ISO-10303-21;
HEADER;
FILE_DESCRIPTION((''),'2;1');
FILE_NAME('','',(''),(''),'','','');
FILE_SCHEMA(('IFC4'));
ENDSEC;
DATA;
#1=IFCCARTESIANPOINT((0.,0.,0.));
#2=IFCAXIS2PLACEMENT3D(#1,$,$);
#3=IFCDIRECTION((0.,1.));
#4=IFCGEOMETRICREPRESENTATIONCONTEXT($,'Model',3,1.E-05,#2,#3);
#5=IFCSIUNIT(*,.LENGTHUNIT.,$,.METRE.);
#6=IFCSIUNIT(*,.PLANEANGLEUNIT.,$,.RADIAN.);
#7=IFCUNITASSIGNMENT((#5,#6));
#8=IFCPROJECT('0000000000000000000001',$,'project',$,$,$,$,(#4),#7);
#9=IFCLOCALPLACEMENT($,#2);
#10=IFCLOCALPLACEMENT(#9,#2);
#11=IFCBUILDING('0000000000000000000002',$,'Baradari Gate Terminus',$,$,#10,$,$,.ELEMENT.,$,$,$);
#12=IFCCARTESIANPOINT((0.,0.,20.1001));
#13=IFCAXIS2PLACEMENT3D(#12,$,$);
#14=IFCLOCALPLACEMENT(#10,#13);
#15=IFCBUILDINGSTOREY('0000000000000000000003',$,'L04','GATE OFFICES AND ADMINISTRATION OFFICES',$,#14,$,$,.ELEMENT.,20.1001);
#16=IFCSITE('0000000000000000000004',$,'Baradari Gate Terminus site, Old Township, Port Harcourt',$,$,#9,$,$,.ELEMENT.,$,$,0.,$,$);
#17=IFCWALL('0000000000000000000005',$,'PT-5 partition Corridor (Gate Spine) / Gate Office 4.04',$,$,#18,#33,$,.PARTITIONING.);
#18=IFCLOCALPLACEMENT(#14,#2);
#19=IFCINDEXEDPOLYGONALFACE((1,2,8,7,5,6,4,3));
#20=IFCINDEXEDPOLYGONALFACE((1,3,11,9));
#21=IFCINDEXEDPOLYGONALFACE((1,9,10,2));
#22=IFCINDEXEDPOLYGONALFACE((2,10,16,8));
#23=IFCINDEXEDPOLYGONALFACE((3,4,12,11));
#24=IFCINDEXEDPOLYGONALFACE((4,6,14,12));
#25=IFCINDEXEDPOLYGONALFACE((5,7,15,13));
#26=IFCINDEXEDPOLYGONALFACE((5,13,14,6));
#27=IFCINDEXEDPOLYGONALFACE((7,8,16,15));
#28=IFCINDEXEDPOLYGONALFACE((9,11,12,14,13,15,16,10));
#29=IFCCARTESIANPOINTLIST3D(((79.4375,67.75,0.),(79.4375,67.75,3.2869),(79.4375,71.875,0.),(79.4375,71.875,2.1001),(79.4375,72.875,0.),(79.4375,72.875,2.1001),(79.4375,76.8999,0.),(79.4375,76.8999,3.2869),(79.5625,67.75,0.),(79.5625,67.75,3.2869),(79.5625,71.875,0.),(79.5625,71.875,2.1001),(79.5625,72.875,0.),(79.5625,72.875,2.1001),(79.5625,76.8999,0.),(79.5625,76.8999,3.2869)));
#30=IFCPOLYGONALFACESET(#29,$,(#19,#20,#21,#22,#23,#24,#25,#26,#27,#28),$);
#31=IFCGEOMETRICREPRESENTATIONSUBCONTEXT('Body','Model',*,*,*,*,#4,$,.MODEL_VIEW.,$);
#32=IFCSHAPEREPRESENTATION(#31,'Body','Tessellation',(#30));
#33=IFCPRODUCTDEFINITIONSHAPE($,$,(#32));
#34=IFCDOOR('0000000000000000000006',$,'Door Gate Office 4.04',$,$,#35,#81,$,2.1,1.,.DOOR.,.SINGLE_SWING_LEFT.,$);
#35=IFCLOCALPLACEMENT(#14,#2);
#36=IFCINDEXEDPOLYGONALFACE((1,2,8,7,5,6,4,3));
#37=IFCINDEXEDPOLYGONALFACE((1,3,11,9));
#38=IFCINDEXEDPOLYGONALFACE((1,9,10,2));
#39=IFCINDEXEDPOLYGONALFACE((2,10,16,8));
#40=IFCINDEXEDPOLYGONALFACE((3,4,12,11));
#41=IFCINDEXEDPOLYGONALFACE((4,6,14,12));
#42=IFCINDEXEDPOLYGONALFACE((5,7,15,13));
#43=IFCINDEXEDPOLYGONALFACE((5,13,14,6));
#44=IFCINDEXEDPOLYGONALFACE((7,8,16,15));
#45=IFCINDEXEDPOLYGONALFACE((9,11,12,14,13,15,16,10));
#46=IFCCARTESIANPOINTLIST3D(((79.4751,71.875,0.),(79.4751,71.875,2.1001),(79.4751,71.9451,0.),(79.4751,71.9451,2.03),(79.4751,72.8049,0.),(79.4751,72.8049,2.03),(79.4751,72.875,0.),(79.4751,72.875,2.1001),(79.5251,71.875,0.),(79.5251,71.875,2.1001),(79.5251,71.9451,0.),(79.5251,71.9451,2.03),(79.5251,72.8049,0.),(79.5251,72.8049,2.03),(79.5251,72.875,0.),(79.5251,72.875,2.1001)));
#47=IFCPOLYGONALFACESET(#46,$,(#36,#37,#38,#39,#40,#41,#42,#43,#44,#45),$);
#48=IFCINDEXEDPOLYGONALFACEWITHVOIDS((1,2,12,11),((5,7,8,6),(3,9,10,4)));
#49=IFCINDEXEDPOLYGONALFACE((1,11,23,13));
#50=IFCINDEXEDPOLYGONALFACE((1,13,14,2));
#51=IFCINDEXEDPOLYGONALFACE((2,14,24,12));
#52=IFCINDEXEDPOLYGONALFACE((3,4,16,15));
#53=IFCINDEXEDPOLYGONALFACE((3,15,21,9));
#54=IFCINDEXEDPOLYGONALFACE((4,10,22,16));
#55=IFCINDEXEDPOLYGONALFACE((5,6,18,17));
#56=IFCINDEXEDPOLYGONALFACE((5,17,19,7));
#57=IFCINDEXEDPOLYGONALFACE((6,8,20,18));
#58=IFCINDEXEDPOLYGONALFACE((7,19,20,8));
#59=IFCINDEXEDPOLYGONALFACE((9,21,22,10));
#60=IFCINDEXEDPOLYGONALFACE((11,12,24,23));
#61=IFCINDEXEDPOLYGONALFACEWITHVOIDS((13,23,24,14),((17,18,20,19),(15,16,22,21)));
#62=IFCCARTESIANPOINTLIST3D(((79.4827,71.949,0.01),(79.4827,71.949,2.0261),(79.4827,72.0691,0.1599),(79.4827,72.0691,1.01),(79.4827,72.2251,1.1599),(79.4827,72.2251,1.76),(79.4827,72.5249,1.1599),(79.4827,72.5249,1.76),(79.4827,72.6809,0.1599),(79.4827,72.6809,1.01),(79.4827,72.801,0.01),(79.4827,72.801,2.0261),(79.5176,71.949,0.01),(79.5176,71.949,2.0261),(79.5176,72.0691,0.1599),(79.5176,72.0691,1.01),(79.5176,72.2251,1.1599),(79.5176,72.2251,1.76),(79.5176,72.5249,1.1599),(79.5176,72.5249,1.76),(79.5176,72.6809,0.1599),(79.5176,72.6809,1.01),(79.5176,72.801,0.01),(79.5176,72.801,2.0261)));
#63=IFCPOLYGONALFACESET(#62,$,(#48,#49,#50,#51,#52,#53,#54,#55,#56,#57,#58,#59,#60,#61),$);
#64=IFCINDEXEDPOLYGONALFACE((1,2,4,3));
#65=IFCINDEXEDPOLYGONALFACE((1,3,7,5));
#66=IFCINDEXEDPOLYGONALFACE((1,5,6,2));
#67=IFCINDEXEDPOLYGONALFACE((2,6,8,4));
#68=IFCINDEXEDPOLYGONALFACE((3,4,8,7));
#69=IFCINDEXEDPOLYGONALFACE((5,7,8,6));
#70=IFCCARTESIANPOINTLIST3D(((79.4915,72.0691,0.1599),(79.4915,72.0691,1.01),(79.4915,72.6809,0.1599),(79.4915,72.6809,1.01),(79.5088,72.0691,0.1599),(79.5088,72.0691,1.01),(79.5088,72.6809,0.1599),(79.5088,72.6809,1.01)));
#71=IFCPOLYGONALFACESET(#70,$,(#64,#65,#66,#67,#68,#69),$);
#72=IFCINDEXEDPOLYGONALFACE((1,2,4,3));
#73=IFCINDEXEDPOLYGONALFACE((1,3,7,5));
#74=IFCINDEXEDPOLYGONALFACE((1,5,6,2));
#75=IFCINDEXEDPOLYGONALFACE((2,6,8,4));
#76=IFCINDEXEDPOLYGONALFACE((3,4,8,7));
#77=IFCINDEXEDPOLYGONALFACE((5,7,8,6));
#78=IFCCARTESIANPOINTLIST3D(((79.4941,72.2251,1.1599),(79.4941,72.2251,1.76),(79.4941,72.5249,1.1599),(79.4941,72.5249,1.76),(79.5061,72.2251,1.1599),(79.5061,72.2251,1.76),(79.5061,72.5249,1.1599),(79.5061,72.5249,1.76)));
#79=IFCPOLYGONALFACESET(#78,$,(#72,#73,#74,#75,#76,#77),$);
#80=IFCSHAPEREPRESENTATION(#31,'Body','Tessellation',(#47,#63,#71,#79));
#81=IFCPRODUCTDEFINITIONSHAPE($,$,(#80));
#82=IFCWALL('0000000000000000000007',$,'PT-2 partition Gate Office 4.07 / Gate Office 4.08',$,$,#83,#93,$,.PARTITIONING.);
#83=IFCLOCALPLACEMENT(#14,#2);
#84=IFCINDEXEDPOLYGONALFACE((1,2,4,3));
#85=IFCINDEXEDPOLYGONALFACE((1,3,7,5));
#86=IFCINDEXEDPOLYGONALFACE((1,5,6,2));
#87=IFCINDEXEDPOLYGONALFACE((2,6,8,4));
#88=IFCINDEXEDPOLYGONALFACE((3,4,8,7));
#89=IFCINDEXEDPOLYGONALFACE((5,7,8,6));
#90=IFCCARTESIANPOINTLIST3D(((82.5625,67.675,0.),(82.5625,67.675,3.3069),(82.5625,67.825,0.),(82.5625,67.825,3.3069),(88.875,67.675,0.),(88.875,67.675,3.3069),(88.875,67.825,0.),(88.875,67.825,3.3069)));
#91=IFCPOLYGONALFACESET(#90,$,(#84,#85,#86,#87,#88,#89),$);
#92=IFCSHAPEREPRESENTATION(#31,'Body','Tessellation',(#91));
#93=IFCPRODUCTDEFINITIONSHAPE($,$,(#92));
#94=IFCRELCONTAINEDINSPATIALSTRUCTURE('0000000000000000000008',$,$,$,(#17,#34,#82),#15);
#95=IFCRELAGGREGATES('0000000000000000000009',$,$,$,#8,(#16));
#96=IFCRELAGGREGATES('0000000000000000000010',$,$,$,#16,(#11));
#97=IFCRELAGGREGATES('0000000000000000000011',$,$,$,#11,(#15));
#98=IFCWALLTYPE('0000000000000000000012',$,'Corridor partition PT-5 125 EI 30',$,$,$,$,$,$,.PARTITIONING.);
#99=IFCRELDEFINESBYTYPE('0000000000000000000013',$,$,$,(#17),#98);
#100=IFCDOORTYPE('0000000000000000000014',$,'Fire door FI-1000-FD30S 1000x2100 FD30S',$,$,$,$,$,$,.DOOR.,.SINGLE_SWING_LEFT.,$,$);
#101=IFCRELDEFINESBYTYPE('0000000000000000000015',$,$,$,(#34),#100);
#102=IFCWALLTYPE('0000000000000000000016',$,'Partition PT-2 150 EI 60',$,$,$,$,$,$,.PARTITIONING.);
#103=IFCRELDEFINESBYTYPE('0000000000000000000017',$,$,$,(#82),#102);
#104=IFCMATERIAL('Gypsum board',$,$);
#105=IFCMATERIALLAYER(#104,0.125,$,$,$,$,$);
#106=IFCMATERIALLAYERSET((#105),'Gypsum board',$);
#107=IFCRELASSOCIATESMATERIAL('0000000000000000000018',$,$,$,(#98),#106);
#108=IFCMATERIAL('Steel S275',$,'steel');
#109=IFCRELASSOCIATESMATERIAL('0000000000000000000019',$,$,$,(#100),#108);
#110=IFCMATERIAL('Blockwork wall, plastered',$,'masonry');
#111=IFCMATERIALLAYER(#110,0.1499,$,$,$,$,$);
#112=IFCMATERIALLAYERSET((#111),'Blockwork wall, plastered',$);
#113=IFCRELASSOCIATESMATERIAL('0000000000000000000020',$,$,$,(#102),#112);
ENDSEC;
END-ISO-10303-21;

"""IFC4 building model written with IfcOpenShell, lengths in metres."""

from ifc_helpers import new_model, si_unit, direction, frame, frame_2d, origin, place, context, subcontext, project, spatial, polyline, rectangle, outline, extrude, material, layer, layer_set, type_object, element, fill, save


model = new_model("IFC4")

# Units and contexts
model_context = context("Model", 3, precision=1e-05, world=origin(), true_north=direction((0.0, 1.0)))
body_context = subcontext(model_context, "Body", "Model", "MODEL_VIEW")
ifc_project = project(units=[si_unit("LENGTHUNIT", "METRE"), si_unit("PLANEANGLEUNIT", "RADIAN")], contexts=[model_context])

# Site, building, storey
site_placement = place(None, origin())
site = spatial("IfcSite", under=ifc_project, at=site_placement, Name="Baradari Gate Terminus site, Old Township, Port Harcourt", CompositionType="ELEMENT", RefElevation=0.0)
building_placement = place(site_placement, origin())
building = spatial("IfcBuilding", under=site, at=building_placement, Name="Baradari Gate Terminus", CompositionType="ELEMENT")
storey_placement = place(building_placement, frame((0.0, 0.0, 20.1001)))
storey = spatial("IfcBuildingStorey", under=building, at=storey_placement, Name="L04", Description="GATE OFFICES AND ADMINISTRATION OFFICES", CompositionType="ELEMENT", Elevation=20.1001)

# Wall, opening, door
ifc_material_1 = material(Name="Gypsum board")
ifc_layer_1 = layer(ifc_material_1, 0.125)
ifc_layer_set_1 = layer_set([ifc_layer_1], Name="Gypsum board")
wall_type_1 = type_object("IfcWallType", Name="Corridor partition PT-5 125 EI 30", PredefinedType="PARTITIONING", material=ifc_layer_set_1)
ifc_material_2 = material(Name="Steel S275", Category="steel")
door_type = type_object("IfcDoorType", Name="Fire door FI-1000-FD30S 1000x2100 FD30S", OperationType="SINGLE_SWING_LEFT", PredefinedType="DOOR", material=ifc_material_2)
wall_1_placement = place(storey_placement, frame((79.5, 67.75, 0.0), z_axis=(0.0, 0.0, 1.0), x_axis=(0.0, 1.0, 0.0)))
wall_1 = element("IfcWall", 1, at=wall_1_placement, inside=storey, type_object=wall_type_1, Name="PT-5 partition Corridor (Gate Spine) / Gate Office 4.04", PredefinedType="PARTITIONING", context=body_context, shape_type="SweptSolid", body=[
    extrude(rectangle(XDim=9.1499, YDim=0.125, at=frame_2d((4.575, 0.0))), origin(), (0.0, 0.0, 1.0), 3.2869),
])
opening_1_placement = place(wall_1_placement, frame((4.125, 0.0, 0.0)))
opening_1 = element("IfcOpeningElement", 2, at=opening_1_placement, cuts=wall_1, PredefinedType="OPENING", context=body_context, shape_type="SweptSolid", body=[
    extrude(rectangle(XDim=1.0, YDim=2.1001, at=frame_2d((0.5, 1.05))), frame((0.0, 0.0725, 0.0), z_axis=(0.0, -1.0, 0.0), x_axis=(1.0, 0.0, 0.0)), (0.0, 0.0, 1.0), 0.145),
])
door_1_placement = place(opening_1_placement, origin())
door_1 = element("IfcDoor", 3, at=door_1_placement, inside=storey, type_object=door_type, Name="Door Gate Office 4.04", OperationType="SINGLE_SWING_LEFT", OverallHeight=2.1, OverallWidth=1.0, PredefinedType="DOOR", context=body_context, shape_type="SweptSolid", body=[
    extrude(outline(polyline([(0.0, 0.0), (0.0701, 0.0), (0.0701, 2.03), (0.9299, 2.03), (0.9299, 0.0), (1.0, 0.0), (1.0, 2.1001), (0.0, 2.1001), (0.0, 0.0)])), frame((0.0, 0.0249, 0.0), z_axis=(0.0, -1.0, 0.0), x_axis=(1.0, 0.0, 0.0)), (0.0, 0.0, 1.0), 0.05),
    extrude(outline(polyline([(0.074, 0.01), (0.926, 0.01), (0.926, 2.0261), (0.074, 2.0261), (0.074, 0.01)]), holes=[polyline([(0.1941, 0.1599), (0.8059, 0.1599), (0.8059, 1.01), (0.1941, 1.01), (0.1941, 0.1599)]), polyline([(0.3501, 1.1599), (0.6499, 1.1599), (0.6499, 1.76), (0.3501, 1.76), (0.3501, 1.1599)])]), frame((0.0, 0.0173, 0.0), z_axis=(0.0, -1.0, 0.0), x_axis=(1.0, 0.0, 0.0)), (0.0, 0.0, 1.0), 0.0349),
    extrude(rectangle(XDim=0.6118, YDim=0.8501, at=frame_2d((0.5, 0.585))), frame((0.0, 0.0085, 0.0), z_axis=(0.0, -1.0, 0.0), x_axis=(1.0, 0.0, 0.0)), (0.0, 0.0, 1.0), 0.0173),
    extrude(rectangle(XDim=0.2998, YDim=0.6001, at=frame_2d((0.5, 1.46))), frame((0.0, 0.0059, 0.0), z_axis=(0.0, -1.0, 0.0), x_axis=(1.0, 0.0, 0.0)), (0.0, 0.0, 1.0), 0.012),
])
fill(opening_1, door_1)

# Wall
ifc_material_3 = material(Name="Blockwork wall, plastered", Category="masonry")
ifc_layer_2 = layer(ifc_material_3, 0.1499)
ifc_layer_set_2 = layer_set([ifc_layer_2], Name="Blockwork wall, plastered")
wall_type_2 = type_object("IfcWallType", Name="Partition PT-2 150 EI 60", PredefinedType="PARTITIONING", material=ifc_layer_set_2)
wall_2_placement = place(storey_placement, frame((82.5625, 67.75, 0.0), z_axis=(0.0, 0.0, 1.0), x_axis=(1.0, 0.0, 0.0)))
element("IfcWall", 4, at=wall_2_placement, inside=storey, type_object=wall_type_2, Name="PT-2 partition Gate Office 4.07 / Gate Office 4.08", PredefinedType="PARTITIONING", context=body_context, shape_type="SweptSolid", body=[
    extrude(rectangle(XDim=6.3125, YDim=0.1499, at=frame_2d((3.1562, 0.0))), origin(), (0.0, 0.0, 1.0), 3.3069),
])

save(model, "model.ifc")
